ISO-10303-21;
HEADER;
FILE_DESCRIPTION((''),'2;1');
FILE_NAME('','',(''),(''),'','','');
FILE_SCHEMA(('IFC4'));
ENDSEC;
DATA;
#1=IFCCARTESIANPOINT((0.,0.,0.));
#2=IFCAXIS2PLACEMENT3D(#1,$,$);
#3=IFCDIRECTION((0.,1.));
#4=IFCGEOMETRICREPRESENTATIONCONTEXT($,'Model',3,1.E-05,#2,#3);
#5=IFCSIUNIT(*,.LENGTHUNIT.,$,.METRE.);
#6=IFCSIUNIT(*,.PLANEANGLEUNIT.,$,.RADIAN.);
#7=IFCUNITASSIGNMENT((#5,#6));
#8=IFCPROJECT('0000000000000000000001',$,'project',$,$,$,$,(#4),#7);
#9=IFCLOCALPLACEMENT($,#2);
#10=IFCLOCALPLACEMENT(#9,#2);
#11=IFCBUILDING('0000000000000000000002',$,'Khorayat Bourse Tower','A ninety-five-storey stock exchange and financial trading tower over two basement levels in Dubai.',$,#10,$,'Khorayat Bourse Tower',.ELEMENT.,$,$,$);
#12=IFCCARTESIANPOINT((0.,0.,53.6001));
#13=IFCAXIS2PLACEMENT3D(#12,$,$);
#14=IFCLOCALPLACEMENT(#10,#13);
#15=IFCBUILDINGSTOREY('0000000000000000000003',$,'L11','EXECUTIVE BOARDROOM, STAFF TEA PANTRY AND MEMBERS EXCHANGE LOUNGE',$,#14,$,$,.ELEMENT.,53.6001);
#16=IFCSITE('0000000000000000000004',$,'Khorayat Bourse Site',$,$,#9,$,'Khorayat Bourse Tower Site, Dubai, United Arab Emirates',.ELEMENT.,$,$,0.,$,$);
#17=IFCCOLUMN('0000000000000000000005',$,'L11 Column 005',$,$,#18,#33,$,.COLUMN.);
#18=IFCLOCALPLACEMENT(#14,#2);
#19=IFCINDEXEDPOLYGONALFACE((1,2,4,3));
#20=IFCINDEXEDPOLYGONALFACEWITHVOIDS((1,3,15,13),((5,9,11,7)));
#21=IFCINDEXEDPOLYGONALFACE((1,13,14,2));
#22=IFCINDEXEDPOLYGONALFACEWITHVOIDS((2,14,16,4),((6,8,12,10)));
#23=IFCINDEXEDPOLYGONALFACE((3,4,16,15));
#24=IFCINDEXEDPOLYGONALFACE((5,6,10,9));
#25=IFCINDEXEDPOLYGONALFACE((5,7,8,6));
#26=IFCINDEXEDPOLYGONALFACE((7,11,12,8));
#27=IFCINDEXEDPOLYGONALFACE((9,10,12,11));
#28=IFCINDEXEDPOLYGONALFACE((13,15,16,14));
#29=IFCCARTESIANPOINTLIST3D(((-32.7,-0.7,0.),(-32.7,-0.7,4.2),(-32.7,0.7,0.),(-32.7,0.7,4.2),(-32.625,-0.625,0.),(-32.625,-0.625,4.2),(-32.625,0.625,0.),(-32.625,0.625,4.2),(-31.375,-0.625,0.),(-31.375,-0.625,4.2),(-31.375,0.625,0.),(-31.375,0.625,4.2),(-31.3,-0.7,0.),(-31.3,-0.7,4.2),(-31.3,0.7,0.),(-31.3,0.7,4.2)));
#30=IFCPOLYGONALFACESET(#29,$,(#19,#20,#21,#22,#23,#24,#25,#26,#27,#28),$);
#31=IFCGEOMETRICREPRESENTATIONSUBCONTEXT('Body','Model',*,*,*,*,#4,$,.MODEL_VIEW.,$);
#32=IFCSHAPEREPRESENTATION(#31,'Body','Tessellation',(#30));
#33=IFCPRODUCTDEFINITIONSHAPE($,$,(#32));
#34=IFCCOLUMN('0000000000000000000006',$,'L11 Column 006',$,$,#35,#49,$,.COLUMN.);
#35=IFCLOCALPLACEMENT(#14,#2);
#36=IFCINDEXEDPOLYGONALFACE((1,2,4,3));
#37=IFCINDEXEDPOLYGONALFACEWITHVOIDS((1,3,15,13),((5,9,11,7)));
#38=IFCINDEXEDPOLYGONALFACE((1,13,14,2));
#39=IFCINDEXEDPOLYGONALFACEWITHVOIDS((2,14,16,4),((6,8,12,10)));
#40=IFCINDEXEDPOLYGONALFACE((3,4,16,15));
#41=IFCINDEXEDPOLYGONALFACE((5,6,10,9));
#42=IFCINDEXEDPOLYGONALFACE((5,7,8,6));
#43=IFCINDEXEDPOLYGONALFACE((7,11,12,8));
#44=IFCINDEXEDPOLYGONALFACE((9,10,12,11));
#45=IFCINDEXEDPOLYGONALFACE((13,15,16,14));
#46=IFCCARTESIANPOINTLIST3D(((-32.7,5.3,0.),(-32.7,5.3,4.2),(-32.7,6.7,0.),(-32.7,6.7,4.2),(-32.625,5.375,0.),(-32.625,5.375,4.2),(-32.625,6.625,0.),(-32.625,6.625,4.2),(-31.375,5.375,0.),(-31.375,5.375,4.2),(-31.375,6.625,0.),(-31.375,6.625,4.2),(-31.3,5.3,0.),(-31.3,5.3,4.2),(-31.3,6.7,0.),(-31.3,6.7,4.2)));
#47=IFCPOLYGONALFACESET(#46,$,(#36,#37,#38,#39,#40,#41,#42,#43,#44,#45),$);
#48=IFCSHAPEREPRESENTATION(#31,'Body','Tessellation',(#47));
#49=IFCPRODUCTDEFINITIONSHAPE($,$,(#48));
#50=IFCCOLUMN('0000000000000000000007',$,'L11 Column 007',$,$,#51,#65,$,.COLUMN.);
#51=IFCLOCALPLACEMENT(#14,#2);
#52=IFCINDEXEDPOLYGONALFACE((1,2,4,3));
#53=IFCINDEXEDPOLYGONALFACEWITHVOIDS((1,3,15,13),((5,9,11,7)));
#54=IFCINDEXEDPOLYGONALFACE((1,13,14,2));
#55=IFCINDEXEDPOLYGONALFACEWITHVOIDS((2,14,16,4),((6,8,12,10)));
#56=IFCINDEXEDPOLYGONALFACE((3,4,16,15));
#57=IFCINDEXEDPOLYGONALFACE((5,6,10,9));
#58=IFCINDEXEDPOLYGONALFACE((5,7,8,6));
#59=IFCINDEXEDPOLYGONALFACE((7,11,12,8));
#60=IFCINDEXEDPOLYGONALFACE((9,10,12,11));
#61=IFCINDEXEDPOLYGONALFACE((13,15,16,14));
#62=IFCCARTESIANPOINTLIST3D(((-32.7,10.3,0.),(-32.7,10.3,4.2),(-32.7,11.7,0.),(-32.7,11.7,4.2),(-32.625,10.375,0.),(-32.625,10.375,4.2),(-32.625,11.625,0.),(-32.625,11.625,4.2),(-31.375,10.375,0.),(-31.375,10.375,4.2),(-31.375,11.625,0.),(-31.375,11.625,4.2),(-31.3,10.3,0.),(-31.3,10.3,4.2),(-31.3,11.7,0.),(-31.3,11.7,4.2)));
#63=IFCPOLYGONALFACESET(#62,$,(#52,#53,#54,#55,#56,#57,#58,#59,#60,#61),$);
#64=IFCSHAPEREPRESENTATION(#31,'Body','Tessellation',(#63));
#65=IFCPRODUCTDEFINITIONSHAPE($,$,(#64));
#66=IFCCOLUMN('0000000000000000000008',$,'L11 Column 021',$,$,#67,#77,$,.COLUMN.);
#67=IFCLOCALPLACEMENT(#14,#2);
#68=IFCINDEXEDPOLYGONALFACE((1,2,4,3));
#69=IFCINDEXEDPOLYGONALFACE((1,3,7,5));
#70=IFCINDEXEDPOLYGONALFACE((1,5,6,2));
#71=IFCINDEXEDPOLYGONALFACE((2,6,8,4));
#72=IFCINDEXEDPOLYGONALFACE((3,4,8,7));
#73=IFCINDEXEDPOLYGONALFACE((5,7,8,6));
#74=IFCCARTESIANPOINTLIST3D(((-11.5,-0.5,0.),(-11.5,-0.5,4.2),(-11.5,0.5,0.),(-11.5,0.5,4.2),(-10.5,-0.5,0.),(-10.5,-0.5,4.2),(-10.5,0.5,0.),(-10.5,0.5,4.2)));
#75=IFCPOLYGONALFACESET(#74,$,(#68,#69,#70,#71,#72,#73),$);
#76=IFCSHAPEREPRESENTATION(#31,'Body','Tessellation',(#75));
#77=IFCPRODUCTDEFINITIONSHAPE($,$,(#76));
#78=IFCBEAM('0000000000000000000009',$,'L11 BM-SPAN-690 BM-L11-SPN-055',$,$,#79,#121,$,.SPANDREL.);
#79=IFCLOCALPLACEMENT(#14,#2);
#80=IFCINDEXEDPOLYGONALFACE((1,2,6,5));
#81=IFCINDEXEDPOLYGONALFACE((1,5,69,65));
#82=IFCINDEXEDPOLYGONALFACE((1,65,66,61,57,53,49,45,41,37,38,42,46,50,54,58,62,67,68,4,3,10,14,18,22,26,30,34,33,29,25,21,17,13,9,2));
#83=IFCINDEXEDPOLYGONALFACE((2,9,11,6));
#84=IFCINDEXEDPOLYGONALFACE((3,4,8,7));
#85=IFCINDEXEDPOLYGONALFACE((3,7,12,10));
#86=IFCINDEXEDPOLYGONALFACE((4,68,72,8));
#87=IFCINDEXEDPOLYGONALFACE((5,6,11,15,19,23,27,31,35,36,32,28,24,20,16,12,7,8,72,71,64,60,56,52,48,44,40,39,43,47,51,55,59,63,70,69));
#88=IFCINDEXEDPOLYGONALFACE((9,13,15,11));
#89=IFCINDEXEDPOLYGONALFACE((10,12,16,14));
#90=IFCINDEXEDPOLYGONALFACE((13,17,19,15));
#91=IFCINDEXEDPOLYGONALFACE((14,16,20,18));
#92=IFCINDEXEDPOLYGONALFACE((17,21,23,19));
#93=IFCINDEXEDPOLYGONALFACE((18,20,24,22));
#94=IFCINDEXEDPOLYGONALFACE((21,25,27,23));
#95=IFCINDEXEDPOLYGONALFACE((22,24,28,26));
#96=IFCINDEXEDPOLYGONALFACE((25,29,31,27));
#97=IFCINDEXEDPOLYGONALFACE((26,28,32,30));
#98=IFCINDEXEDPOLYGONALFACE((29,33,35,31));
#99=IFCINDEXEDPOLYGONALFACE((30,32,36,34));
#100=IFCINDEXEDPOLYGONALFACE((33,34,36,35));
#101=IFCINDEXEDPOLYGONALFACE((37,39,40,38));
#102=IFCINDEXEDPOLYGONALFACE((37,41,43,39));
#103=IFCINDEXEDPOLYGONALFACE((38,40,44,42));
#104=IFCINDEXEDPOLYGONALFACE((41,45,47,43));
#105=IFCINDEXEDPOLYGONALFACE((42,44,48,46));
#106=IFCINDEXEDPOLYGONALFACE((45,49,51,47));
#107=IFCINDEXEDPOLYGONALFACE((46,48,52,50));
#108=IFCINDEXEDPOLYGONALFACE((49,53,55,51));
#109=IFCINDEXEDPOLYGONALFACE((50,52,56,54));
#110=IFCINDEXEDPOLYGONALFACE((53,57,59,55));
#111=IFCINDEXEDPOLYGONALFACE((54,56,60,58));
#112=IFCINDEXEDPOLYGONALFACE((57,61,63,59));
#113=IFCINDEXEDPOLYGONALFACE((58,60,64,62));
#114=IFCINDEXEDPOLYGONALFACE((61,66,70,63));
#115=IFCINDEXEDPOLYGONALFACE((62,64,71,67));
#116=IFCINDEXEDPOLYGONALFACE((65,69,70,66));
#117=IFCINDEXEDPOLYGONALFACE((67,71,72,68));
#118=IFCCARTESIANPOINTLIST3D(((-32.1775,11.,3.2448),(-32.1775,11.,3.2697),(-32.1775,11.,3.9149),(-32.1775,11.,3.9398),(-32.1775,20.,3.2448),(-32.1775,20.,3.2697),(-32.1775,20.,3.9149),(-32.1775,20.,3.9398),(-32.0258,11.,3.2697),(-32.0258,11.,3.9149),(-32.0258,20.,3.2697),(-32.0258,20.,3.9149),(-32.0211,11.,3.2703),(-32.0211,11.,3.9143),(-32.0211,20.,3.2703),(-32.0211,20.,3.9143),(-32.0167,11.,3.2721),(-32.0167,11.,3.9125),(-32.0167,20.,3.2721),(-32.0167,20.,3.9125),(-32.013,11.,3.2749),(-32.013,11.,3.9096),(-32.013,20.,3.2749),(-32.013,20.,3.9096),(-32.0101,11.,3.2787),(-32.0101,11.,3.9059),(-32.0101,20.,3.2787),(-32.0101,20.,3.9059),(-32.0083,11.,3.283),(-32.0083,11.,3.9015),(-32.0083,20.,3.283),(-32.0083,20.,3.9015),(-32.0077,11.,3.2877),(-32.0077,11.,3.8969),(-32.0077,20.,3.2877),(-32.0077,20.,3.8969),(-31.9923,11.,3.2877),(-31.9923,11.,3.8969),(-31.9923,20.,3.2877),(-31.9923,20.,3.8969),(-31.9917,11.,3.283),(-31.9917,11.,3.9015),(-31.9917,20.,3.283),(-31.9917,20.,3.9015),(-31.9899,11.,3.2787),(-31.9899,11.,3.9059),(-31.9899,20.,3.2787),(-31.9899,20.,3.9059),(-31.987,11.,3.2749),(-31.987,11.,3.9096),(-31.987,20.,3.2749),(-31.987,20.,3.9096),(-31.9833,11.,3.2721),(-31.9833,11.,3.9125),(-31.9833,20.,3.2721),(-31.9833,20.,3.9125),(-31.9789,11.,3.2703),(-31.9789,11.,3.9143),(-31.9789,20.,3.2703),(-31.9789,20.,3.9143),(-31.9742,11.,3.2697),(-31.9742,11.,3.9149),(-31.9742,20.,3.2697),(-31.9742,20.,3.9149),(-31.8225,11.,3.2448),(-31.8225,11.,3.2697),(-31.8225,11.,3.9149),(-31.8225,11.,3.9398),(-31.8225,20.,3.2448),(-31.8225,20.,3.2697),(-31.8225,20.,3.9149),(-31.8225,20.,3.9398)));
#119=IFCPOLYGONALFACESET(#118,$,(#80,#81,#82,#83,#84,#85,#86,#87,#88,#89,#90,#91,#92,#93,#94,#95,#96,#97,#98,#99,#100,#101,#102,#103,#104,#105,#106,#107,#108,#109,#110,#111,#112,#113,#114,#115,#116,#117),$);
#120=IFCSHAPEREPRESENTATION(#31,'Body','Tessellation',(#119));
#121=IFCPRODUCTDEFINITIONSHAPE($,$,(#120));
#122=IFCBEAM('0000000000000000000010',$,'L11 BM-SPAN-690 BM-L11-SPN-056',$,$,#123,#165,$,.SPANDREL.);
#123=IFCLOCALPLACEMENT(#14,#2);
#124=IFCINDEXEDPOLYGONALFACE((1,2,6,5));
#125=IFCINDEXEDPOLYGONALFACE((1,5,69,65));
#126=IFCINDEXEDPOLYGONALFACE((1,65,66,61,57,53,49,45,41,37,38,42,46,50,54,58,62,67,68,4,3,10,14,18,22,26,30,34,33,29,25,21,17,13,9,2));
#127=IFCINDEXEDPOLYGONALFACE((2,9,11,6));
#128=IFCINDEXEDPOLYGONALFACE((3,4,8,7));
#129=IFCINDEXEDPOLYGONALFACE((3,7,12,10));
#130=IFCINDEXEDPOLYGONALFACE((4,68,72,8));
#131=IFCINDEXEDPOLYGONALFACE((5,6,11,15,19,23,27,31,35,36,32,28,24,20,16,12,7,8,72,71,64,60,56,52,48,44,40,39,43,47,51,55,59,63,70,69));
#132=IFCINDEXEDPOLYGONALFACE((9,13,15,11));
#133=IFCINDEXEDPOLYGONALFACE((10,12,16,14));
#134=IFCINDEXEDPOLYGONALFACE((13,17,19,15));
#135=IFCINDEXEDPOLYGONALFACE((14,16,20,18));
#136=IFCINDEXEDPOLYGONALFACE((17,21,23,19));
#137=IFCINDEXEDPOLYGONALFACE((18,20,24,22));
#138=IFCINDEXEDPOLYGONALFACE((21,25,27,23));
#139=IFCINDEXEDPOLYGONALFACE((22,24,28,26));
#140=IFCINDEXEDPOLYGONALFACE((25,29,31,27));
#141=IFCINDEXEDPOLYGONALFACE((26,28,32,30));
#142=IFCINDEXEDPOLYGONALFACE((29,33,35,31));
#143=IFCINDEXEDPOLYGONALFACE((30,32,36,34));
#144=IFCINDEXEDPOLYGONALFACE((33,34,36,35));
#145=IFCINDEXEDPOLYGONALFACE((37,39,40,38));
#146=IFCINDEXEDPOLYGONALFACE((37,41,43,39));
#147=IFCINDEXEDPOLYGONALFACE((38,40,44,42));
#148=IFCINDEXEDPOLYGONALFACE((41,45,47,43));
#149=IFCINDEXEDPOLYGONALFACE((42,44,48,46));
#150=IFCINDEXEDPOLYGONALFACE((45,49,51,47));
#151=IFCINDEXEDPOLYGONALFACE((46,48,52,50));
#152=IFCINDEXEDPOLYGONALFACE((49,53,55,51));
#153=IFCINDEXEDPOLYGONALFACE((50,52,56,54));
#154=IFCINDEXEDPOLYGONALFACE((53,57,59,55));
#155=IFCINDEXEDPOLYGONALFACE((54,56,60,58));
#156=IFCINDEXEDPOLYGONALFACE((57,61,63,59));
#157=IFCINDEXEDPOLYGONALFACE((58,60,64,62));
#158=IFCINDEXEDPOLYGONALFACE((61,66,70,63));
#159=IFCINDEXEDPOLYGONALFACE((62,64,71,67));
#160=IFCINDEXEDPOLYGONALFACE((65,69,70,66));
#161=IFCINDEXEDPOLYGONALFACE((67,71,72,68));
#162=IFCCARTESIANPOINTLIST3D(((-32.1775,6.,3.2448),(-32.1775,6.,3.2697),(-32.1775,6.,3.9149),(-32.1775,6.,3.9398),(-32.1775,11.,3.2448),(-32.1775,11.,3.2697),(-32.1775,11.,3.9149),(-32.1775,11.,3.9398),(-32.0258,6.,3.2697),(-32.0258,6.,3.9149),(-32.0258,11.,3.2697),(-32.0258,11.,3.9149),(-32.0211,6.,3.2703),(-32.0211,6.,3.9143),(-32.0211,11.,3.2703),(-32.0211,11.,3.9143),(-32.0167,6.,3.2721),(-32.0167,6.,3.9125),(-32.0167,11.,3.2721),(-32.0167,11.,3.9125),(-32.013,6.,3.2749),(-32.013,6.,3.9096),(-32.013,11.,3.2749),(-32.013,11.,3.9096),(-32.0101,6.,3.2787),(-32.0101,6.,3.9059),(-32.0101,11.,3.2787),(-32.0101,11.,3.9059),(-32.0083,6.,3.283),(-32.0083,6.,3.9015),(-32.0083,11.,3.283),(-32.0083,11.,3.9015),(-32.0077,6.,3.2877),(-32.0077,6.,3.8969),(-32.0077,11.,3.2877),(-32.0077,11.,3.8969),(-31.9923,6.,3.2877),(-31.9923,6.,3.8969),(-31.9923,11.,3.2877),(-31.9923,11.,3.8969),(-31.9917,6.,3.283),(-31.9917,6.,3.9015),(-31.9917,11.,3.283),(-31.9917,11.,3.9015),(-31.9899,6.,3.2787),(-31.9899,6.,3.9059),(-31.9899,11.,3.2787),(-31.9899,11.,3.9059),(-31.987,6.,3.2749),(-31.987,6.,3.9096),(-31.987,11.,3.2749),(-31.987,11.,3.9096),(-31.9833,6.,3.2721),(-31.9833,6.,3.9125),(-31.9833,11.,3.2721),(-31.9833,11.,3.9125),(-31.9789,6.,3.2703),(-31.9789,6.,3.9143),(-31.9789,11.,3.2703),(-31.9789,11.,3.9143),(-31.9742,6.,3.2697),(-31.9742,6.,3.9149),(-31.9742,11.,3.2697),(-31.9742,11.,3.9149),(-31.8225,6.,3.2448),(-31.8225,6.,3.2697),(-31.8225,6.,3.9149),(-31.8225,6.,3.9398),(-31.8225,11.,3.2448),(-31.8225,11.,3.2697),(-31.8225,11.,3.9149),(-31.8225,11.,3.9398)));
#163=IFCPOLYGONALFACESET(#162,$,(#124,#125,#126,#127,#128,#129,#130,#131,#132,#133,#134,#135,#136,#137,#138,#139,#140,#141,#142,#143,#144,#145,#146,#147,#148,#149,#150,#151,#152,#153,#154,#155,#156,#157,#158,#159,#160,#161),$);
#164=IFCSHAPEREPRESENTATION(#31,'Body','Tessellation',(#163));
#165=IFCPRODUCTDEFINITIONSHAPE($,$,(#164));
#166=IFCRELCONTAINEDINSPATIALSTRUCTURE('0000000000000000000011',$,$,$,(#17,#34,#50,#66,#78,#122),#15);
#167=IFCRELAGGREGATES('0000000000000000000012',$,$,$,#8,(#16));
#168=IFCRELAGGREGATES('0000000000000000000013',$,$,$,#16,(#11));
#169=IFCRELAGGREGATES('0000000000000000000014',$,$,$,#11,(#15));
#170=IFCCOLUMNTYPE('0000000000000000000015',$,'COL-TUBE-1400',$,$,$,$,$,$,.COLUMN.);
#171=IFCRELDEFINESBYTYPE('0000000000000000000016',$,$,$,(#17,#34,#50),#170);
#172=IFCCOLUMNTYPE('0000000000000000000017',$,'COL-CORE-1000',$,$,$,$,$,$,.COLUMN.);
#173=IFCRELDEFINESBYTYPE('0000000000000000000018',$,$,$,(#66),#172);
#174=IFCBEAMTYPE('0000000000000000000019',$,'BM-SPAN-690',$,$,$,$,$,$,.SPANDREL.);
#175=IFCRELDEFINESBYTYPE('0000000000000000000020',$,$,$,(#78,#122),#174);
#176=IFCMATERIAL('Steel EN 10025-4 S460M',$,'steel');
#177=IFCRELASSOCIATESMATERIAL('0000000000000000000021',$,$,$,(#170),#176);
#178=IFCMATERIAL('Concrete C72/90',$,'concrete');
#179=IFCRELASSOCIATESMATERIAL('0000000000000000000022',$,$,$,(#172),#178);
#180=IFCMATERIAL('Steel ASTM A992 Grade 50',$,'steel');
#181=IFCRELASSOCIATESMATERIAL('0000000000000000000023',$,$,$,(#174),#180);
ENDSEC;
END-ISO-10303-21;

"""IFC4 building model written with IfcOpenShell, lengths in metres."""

from ifc_helpers import new_model, si_unit, direction, frame, origin, origin_2d, place, context, subcontext, project, spatial, rectangle, hollow_rectangle, i_section, extrude, source, transform, mapped, material, material_profile, profile_set, type_object, element, save


model = new_model("IFC4")

# Units and contexts
model_context = context("Model", 3, precision=1e-05, world=origin(), true_north=direction((0.0, 1.0)))
body_context = subcontext(model_context, "Body", "Model", "MODEL_VIEW")
ifc_project = project(units=[si_unit("LENGTHUNIT", "METRE"), si_unit("PLANEANGLEUNIT", "RADIAN")], contexts=[model_context])

# Site, building, storey
site_placement = place(None, origin())
site = spatial("IfcSite", under=ifc_project, at=site_placement, Name="Khorayat Bourse Site", LongName="Khorayat Bourse Tower Site, Dubai, United Arab Emirates", CompositionType="ELEMENT", RefElevation=0.0)
building_placement = place(site_placement, origin())
building = spatial("IfcBuilding", under=site, at=building_placement, Name="Khorayat Bourse Tower", Description="A ninety-five-storey stock exchange and financial trading tower over two basement levels in Dubai.", LongName="Khorayat Bourse Tower", CompositionType="ELEMENT")
storey_placement = place(building_placement, frame((0.0, 0.0, 53.6001)))
storey = spatial("IfcBuildingStorey", under=building, at=storey_placement, Name="L11", Description="EXECUTIVE BOARDROOM, STAFF TEA PANTRY AND MEMBERS EXCHANGE LOUNGE", CompositionType="ELEMENT", Elevation=53.6001)

# Columns
ifc_material_1 = material(Name="Steel EN 10025-4 S460M", Category="steel")
ifc_material_profile_1 = material_profile(ifc_material_1, hollow_rectangle(XDim=1.3999, YDim=1.3999, WallThickness=0.075, at=origin_2d()), Name="BOX 1400x1400x75")
ifc_profile_set_1 = profile_set([ifc_material_profile_1], Name="Steel EN 10025-4 S460M")
column_type_1 = type_object("IfcColumnType", Name="COL-TUBE-1400", PredefinedType="COLUMN", material=ifc_profile_set_1)
shared_shape_1 = source(origin(), body_context, "Body", "SweptSolid", [
    extrude(hollow_rectangle(XDim=1.3999, YDim=1.3999, WallThickness=0.075, at=origin_2d()), origin(), (0.0, 0.0, 1.0), 4.2),
])
for number, where, z_axis, x_axis, name in (
    (1, (-32.0, 0.0, 0.0), (0.0, 0.0, 1.0), (1.0, 0.0, 0.0), "L11 Column 005"),
    (2, (-32.0, 6.0, 0.0), (0.0, 0.0, 1.0), (1.0, 0.0, 0.0), "L11 Column 006"),
    (3, (-32.0, 11.0, 0.0), (0.0, 0.0, 1.0), (1.0, 0.0, 0.0), "L11 Column 007"),
):
    element("IfcColumn", number, at=place(storey_placement, frame(where, z_axis=z_axis, x_axis=x_axis)), inside=storey, type_object=column_type_1, Name=name, PredefinedType="COLUMN", context=body_context, shape_type="MappedRepresentation", body=[
        mapped(shared_shape_1, transform((0.0, 0.0, 0.0), scale=1.0)),
    ])
ifc_material_2 = material(Name="Concrete C72/90", Category="concrete")
ifc_material_profile_2 = material_profile(ifc_material_2, rectangle(XDim=1.0, YDim=1.0, at=origin_2d()), Name="RC 1000x1000")
ifc_profile_set_2 = profile_set([ifc_material_profile_2], Name="Concrete C72/90")
column_type_2 = type_object("IfcColumnType", Name="COL-CORE-1000", PredefinedType="COLUMN", material=ifc_profile_set_2)
shared_shape_2 = source(origin(), body_context, "Body", "SweptSolid", [
    extrude(rectangle(XDim=1.0, YDim=1.0, at=origin_2d()), origin(), (0.0, 0.0, 1.0), 4.2),
])
column_placement = place(storey_placement, frame((-11.0, 0.0, 0.0), z_axis=(0.0, 0.0, 1.0), x_axis=(1.0, 0.0, 0.0)))
element("IfcColumn", 4, at=column_placement, inside=storey, type_object=column_type_2, Name="L11 Column 021", PredefinedType="COLUMN", context=body_context, shape_type="MappedRepresentation", body=[
    mapped(shared_shape_2, transform((0.0, 0.0, 0.0), scale=1.0)),
])

# Beams
ifc_material_3 = material(Name="Steel ASTM A992 Grade 50", Category="steel")
ifc_material_profile_3 = material_profile(ifc_material_3, i_section(OverallWidth=0.355, OverallDepth=0.6951, WebThickness=0.0154, FlangeThickness=0.0249, FilletRadius=0.0181, at=origin_2d()), Name="W690X217")
ifc_profile_set_3 = profile_set([ifc_material_profile_3], Name="Steel ASTM A992 Grade 50")
beam_type_1 = type_object("IfcBeamType", Name="BM-SPAN-690", PredefinedType="SPANDREL", material=ifc_profile_set_3)
shared_shape_3 = source(origin(), body_context, "Body", "SweptSolid", [
    extrude(i_section(OverallWidth=0.355, OverallDepth=0.6951, WebThickness=0.0154, FlangeThickness=0.0249, FilletRadius=0.0181, at=origin_2d()), origin(), (0.0, 0.0, 1.0), 9.0),
])
beam_1_placement = place(storey_placement, frame((-32.0, 11.0, 3.5923), z_axis=(0.0, 1.0, 0.0), x_axis=(-1.0, 0.0, 0.0)))
element("IfcBeam", 5, at=beam_1_placement, inside=storey, type_object=beam_type_1, Name="L11 BM-SPAN-690 BM-L11-SPN-055", PredefinedType="SPANDREL", context=body_context, shape_type="MappedRepresentation", body=[
    mapped(shared_shape_3, transform((0.0, 0.0, 0.0), scale=1.0)),
])
shared_shape_4 = source(origin(), body_context, "Body", "SweptSolid", [
    extrude(i_section(OverallWidth=0.355, OverallDepth=0.6951, WebThickness=0.0154, FlangeThickness=0.0249, FilletRadius=0.0181, at=origin_2d()), origin(), (0.0, 0.0, 1.0), 5.0),
])
beam_2_placement = place(storey_placement, frame((-32.0, 6.0, 3.5923), z_axis=(0.0, 1.0, 0.0), x_axis=(-1.0, 0.0, 0.0)))
element("IfcBeam", 6, at=beam_2_placement, inside=storey, type_object=beam_type_1, Name="L11 BM-SPAN-690 BM-L11-SPN-056", PredefinedType="SPANDREL", context=body_context, shape_type="MappedRepresentation", body=[
    mapped(shared_shape_4, transform((0.0, 0.0, 0.0), scale=1.0)),
])

save(model, "model.ifc")
